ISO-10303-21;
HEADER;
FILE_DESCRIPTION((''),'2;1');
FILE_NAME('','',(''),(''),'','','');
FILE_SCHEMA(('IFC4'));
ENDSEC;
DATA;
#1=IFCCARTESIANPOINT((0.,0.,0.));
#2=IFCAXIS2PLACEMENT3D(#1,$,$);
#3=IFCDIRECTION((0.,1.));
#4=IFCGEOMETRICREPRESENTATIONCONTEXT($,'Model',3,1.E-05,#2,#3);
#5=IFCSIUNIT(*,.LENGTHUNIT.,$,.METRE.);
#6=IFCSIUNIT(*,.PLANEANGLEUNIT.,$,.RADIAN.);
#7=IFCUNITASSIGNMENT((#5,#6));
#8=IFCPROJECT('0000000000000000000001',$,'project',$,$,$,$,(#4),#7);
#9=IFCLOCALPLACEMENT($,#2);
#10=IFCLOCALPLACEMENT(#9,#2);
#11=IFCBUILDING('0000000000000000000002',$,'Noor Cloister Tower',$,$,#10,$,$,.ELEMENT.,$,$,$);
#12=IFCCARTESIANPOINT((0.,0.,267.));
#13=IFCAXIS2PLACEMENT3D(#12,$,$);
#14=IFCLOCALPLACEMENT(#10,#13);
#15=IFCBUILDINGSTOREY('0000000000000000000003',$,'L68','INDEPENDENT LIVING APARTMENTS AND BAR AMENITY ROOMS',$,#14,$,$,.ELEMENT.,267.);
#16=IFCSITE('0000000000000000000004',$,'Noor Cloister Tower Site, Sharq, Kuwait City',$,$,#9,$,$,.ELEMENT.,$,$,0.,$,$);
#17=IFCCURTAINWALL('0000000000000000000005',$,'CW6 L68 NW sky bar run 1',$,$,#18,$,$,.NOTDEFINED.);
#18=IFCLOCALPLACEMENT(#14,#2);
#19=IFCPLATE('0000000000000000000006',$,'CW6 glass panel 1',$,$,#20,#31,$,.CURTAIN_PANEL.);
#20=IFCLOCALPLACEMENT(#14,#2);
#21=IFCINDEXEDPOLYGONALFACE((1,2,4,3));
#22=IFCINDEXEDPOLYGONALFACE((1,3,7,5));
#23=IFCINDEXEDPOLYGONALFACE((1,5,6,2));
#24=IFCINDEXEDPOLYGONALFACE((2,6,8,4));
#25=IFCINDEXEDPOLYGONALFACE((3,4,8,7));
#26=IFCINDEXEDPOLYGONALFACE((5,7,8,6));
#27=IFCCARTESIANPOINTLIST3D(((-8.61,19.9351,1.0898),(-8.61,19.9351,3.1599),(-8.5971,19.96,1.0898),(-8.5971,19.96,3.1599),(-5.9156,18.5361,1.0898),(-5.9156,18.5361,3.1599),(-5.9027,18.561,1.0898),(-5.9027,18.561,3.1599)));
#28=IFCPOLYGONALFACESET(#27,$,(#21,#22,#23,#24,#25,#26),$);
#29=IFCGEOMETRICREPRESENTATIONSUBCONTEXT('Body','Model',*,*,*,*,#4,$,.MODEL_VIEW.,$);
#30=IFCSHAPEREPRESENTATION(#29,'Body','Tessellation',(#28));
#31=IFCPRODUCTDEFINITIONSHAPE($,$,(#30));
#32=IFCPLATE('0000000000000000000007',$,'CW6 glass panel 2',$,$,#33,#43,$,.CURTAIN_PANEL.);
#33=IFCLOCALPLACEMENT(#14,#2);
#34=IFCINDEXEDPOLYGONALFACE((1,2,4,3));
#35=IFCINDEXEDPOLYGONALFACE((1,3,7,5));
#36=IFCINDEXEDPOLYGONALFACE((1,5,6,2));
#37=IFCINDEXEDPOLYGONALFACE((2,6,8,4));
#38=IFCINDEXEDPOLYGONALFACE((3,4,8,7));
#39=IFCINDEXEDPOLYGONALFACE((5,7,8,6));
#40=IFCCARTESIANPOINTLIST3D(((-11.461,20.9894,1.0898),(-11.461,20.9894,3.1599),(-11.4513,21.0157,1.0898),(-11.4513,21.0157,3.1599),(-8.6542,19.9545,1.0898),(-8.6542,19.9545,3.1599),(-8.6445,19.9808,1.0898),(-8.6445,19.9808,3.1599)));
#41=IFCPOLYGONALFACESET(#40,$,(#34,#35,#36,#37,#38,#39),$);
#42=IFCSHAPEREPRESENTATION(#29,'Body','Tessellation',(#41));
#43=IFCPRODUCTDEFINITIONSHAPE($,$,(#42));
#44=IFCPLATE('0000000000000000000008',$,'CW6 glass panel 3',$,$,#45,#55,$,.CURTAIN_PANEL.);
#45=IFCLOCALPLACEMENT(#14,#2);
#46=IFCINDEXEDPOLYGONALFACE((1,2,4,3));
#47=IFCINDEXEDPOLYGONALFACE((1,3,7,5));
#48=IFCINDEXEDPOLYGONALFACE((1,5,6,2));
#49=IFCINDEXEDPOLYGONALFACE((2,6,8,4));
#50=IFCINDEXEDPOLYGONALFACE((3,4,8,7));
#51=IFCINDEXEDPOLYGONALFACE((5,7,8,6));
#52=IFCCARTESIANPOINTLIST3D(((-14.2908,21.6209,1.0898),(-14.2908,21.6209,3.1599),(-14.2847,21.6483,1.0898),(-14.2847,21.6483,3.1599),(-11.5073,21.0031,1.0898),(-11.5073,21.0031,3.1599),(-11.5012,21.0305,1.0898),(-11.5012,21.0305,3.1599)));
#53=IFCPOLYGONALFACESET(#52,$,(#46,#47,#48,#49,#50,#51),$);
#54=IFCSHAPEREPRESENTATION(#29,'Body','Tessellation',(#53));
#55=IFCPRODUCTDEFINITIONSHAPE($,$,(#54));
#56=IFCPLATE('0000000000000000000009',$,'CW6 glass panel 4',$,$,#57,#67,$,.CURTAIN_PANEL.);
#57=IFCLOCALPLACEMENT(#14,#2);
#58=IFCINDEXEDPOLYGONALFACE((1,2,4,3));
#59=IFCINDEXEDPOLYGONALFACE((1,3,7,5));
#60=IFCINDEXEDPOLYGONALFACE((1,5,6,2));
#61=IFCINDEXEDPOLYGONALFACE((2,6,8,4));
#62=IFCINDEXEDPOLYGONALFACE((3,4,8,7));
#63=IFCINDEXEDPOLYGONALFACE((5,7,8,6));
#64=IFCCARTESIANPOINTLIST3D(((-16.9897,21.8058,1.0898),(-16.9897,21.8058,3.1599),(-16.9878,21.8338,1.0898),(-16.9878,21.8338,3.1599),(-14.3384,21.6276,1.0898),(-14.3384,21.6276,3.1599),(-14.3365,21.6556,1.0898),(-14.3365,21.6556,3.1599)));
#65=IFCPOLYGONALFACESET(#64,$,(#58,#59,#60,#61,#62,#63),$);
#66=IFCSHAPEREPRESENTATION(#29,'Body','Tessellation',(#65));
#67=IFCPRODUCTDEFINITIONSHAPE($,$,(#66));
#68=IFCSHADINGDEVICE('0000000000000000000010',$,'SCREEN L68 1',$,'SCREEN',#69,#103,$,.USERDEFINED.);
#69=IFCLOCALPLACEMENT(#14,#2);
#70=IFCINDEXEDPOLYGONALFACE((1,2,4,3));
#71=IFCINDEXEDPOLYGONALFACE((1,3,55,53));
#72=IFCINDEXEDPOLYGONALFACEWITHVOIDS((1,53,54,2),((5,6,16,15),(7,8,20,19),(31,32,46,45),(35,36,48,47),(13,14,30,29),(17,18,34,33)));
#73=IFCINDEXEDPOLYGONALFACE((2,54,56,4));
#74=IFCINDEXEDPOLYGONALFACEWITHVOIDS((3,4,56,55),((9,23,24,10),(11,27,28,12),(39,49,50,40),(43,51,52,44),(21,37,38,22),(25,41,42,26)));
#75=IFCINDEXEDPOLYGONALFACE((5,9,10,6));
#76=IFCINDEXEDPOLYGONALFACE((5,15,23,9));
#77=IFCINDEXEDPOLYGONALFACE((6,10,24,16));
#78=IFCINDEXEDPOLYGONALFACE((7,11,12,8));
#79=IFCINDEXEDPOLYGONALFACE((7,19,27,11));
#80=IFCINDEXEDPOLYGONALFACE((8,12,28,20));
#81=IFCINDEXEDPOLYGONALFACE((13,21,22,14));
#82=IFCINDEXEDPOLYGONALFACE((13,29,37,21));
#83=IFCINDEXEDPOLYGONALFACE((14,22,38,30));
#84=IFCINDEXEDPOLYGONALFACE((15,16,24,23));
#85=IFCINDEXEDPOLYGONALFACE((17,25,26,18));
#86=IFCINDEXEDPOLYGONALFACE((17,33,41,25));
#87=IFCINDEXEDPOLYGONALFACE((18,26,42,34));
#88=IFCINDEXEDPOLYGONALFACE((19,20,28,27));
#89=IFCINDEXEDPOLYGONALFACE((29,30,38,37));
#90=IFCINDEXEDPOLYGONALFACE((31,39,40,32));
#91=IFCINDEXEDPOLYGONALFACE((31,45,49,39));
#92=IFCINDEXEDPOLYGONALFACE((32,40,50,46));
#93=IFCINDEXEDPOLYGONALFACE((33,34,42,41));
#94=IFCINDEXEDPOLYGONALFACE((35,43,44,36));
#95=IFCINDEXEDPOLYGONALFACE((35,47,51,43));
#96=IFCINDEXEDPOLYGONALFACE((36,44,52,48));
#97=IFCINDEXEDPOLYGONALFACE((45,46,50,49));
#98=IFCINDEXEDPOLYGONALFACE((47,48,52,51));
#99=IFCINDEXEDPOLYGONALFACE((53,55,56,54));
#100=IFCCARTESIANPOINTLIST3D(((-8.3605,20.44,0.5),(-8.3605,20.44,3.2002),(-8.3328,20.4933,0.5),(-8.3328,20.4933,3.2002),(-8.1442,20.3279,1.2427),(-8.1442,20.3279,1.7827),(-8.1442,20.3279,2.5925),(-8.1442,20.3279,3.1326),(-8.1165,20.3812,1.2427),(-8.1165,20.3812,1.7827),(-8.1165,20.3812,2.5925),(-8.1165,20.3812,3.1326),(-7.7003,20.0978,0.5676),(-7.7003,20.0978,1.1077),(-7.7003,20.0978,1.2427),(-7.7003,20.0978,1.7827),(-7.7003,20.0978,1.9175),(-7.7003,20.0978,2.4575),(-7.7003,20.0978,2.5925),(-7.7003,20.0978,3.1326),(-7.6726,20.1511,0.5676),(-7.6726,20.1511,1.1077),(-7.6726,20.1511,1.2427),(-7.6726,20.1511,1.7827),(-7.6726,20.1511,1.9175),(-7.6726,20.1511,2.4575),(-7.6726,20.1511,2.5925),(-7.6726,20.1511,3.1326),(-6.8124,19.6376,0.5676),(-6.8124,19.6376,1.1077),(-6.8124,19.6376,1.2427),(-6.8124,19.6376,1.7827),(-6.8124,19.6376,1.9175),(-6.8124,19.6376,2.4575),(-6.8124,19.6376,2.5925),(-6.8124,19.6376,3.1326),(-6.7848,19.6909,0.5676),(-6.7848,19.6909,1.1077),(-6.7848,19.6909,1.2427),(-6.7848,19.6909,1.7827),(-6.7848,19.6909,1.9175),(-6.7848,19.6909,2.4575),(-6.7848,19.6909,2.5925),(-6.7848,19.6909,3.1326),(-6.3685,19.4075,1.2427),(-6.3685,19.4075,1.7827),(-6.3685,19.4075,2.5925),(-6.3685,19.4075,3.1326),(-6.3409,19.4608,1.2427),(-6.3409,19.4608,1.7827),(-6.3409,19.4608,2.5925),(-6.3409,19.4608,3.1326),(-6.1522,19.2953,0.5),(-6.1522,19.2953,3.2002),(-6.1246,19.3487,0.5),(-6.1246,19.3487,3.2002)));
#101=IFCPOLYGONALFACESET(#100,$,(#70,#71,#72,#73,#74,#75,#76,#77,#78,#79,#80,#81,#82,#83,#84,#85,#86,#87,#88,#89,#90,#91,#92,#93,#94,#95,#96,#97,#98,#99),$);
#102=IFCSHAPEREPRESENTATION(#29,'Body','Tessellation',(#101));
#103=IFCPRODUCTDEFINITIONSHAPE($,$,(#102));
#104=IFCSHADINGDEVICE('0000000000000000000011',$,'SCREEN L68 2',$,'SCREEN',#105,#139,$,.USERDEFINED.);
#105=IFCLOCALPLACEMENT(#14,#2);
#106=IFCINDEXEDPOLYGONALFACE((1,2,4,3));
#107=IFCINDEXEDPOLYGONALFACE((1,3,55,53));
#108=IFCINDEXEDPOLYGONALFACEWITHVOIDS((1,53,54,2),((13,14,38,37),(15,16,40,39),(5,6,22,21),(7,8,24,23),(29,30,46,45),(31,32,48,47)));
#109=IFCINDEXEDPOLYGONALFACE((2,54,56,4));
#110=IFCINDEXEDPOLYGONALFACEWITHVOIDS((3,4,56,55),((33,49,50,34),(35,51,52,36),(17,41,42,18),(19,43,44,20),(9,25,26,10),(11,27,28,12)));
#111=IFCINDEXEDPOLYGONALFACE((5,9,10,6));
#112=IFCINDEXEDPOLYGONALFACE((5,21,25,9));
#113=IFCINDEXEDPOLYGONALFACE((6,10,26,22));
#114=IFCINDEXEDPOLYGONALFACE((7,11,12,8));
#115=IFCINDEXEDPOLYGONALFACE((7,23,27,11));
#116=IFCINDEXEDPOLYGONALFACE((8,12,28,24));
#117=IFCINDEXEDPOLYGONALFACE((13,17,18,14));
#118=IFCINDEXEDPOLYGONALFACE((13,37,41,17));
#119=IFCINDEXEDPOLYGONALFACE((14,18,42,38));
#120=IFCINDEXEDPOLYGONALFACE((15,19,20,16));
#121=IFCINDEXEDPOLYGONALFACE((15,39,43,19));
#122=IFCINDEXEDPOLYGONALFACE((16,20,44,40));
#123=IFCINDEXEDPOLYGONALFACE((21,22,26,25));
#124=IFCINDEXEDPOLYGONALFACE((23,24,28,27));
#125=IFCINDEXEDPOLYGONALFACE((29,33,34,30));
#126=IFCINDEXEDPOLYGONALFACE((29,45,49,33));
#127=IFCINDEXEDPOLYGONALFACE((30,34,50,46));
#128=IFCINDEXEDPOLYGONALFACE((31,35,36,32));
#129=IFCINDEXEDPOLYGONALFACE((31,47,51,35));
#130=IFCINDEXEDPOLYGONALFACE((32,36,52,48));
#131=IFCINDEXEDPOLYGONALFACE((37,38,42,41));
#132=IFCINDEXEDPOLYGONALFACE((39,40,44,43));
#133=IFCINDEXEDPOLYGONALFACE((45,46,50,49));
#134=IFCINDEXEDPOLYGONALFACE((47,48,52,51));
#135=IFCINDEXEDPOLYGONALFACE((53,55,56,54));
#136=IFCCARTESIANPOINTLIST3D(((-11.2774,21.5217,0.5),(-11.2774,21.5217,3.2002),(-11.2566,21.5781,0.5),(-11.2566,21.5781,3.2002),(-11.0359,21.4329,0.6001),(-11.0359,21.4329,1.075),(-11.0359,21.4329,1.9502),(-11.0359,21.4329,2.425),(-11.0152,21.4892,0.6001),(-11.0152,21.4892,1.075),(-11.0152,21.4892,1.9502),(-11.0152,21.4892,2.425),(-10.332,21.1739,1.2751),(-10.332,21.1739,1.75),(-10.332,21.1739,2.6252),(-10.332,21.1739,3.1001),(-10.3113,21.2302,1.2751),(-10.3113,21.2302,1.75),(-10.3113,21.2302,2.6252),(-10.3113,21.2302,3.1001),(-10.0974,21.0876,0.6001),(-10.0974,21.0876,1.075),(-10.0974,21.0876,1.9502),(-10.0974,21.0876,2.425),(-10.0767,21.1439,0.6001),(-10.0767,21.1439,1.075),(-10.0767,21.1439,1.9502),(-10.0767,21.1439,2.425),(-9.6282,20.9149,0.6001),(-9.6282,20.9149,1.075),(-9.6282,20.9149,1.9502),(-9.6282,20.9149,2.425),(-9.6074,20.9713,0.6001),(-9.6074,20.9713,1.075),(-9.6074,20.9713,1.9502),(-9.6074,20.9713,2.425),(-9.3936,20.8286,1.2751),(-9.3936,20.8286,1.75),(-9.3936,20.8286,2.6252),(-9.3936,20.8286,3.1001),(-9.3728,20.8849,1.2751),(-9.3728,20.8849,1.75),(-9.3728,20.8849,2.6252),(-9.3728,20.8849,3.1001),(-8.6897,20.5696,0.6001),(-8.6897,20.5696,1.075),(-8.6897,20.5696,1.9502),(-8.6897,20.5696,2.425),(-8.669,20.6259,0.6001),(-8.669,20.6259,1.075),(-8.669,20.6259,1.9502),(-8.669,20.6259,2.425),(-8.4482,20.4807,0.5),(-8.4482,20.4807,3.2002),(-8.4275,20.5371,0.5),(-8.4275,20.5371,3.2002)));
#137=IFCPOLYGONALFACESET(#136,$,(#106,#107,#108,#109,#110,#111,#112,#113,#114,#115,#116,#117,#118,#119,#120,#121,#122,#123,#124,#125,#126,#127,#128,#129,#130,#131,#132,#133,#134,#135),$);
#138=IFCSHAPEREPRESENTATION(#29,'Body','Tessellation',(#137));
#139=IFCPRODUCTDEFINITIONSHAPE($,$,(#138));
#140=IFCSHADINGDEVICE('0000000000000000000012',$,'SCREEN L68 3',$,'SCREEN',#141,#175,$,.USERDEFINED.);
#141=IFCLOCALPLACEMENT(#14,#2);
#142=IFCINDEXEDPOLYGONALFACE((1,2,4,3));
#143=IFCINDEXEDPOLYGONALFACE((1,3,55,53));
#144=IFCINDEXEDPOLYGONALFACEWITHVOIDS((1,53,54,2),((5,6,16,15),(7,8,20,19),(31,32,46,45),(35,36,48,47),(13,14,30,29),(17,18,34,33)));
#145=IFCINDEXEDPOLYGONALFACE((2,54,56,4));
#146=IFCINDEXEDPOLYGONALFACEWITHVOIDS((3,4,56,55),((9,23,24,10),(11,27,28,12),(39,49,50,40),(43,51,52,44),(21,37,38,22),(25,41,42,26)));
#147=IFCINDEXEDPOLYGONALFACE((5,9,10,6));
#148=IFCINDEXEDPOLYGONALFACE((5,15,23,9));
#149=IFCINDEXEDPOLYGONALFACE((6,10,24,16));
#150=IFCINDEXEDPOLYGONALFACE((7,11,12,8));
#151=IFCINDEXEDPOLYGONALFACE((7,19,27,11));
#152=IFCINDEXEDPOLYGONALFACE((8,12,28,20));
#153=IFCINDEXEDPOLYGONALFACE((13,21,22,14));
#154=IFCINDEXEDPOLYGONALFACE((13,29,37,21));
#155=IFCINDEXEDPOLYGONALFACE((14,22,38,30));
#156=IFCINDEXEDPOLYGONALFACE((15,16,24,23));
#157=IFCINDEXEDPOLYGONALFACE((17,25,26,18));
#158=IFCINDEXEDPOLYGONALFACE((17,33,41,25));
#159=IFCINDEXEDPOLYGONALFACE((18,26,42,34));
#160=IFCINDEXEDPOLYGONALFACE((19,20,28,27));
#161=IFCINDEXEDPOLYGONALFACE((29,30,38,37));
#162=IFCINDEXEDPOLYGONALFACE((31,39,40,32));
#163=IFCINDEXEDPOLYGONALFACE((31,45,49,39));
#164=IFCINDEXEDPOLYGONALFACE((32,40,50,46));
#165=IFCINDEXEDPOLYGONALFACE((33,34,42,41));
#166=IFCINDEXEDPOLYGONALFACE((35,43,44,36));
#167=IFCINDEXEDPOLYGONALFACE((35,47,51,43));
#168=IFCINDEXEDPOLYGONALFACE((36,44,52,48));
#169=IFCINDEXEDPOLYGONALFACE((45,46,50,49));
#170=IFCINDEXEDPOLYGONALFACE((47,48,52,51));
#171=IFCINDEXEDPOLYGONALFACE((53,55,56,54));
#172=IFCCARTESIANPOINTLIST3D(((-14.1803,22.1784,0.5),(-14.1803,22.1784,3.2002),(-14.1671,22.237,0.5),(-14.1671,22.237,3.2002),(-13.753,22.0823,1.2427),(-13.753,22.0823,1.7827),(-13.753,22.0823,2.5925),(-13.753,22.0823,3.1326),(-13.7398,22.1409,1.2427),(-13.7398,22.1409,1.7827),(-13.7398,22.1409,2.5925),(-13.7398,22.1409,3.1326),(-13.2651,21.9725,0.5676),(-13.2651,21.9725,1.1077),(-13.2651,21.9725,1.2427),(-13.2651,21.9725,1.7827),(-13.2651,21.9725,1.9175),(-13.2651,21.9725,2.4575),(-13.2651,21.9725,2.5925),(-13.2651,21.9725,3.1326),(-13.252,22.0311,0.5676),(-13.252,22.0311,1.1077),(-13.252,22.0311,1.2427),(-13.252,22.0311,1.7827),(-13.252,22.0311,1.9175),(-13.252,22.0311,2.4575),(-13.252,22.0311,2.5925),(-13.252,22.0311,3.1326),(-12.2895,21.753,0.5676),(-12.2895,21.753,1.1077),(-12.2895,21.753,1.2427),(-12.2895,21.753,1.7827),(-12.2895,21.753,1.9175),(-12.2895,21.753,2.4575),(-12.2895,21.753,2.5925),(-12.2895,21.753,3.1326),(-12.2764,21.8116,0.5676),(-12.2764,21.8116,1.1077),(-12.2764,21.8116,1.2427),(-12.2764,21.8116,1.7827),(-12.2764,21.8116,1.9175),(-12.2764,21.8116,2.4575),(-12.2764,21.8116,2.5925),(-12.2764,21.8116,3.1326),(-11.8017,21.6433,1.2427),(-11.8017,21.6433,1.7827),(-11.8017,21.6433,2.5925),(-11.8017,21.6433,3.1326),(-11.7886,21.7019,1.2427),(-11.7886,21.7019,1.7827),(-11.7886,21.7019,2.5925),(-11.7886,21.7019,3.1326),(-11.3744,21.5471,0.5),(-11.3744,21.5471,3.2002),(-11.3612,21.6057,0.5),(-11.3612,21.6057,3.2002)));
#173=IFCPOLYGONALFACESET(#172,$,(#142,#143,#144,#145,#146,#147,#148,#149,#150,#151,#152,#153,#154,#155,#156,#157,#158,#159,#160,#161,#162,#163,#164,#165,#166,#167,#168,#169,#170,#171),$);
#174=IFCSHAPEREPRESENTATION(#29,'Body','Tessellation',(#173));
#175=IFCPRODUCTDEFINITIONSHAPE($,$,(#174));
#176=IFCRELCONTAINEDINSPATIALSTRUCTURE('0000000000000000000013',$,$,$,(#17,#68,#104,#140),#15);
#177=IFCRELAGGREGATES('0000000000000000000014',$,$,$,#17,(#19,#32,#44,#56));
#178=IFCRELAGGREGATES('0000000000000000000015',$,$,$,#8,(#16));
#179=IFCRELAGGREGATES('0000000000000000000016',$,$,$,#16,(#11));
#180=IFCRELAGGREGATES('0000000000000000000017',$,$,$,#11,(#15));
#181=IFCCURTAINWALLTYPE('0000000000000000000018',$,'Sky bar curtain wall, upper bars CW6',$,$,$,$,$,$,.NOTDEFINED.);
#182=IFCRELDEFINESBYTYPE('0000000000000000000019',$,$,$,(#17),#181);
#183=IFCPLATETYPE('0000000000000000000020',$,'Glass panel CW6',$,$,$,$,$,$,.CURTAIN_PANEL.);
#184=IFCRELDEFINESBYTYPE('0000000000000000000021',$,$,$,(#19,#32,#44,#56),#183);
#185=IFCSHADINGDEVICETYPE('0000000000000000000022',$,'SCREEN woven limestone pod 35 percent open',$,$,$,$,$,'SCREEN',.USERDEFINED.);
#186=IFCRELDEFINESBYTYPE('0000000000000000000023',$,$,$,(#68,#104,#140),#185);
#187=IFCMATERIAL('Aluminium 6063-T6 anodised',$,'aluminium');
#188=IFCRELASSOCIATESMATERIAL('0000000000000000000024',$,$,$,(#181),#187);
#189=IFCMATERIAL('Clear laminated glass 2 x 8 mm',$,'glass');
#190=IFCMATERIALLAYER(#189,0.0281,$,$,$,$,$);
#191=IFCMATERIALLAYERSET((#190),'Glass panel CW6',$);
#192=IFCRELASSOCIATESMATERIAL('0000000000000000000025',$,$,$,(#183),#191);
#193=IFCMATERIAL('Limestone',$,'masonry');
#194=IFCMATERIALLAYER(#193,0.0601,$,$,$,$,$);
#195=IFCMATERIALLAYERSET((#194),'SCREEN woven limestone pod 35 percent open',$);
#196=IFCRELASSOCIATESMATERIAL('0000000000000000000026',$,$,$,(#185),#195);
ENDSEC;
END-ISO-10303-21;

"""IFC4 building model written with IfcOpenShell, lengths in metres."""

from ifc_helpers import new_model, si_unit, direction, frame, origin, origin_2d, place, context, subcontext, project, spatial, polyline, rectangle, outline, extrude, material, layer, layer_set, type_object, element, aggregate, save


model = new_model("IFC4")

# Units and contexts
model_context = context("Model", 3, precision=1e-05, world=origin(), true_north=direction((0.0, 1.0)))
body_context = subcontext(model_context, "Body", "Model", "MODEL_VIEW")
ifc_project = project(units=[si_unit("LENGTHUNIT", "METRE"), si_unit("PLANEANGLEUNIT", "RADIAN")], contexts=[model_context])

# Site, building, storey
site_placement = place(None, origin())
site = spatial("IfcSite", under=ifc_project, at=site_placement, Name="Noor Cloister Tower Site, Sharq, Kuwait City", CompositionType="ELEMENT", RefElevation=0.0)
building_placement = place(site_placement, origin())
building = spatial("IfcBuilding", under=site, at=building_placement, Name="Noor Cloister Tower", CompositionType="ELEMENT")
storey_placement = place(building_placement, frame((0.0, 0.0, 267.0)))
storey = spatial("IfcBuildingStorey", under=building, at=storey_placement, Name="L68", Description="INDEPENDENT LIVING APARTMENTS AND BAR AMENITY ROOMS", CompositionType="ELEMENT", Elevation=267.0)

# Curtain wall
ifc_material_1 = material(Name="Aluminium 6063-T6 anodised", Category="aluminium")
curtain_wall_type = type_object("IfcCurtainWallType", Name="Sky bar curtain wall, upper bars CW6", PredefinedType="NOTDEFINED", material=ifc_material_1)
curtain_wall_placement = place(storey_placement, origin())
curtain_wall = element("IfcCurtainWall", 1, at=curtain_wall_placement, inside=storey, type_object=curtain_wall_type, Name="CW6 L68 NW sky bar run 1", PredefinedType="NOTDEFINED")

# Plates
ifc_material_2 = material(Name="Clear laminated glass 2 x 8 mm", Category="glass")
ifc_layer_1 = layer(ifc_material_2, 0.0281)
ifc_layer_set_1 = layer_set([ifc_layer_1], Name="Glass panel CW6")
plate_type = type_object("IfcPlateType", Name="Glass panel CW6", PredefinedType="CURTAIN_PANEL", material=ifc_layer_set_1)
plate_1_placement = place(storey_placement, frame((-7.2563, 19.248, 1.0898), z_axis=(0.0, 0.0, 1.0), x_axis=(-0.887498, 0.460812, 0.0)))
plate_1 = element("IfcPlate", 2, at=plate_1_placement, type_object=plate_type, Name="CW6 glass panel 1", PredefinedType="CURTAIN_PANEL", context=body_context, shape_type="SweptSolid", body=[
    extrude(rectangle(XDim=3.0359, YDim=0.0281, at=origin_2d()), origin(), (0.0, 0.0, 1.0), 2.0701),
])
plate_2_placement = place(storey_placement, frame((-10.0527, 20.4851, 1.0898), z_axis=(0.0, 0.0, 1.0), x_axis=(-0.938254, 0.345947, 0.0)))
plate_2 = element("IfcPlate", 3, at=plate_2_placement, type_object=plate_type, Name="CW6 glass panel 2", PredefinedType="CURTAIN_PANEL", context=body_context, shape_type="SweptSolid", body=[
    extrude(rectangle(XDim=2.9915, YDim=0.0281, at=origin_2d()), origin(), (0.0, 0.0, 1.0), 2.0701),
])
plate_3_placement = place(storey_placement, frame((-12.896, 21.3257, 1.0898), z_axis=(0.0, 0.0, 1.0), x_axis=(-0.976241, 0.216688, 0.0)))
plate_3 = element("IfcPlate", 4, at=plate_3_placement, type_object=plate_type, Name="CW6 glass panel 3", PredefinedType="CURTAIN_PANEL", context=body_context, shape_type="SweptSolid", body=[
    extrude(rectangle(XDim=2.8513, YDim=0.0281, at=origin_2d()), origin(), (0.0, 0.0, 1.0), 2.0701),
])
plate_4_placement = place(storey_placement, frame((-15.6631, 21.7307, 1.0898), z_axis=(0.0, 0.0, 1.0), x_axis=(-0.99775, 0.067046, 0.0)))
plate_4 = element("IfcPlate", 5, at=plate_4_placement, type_object=plate_type, Name="CW6 glass panel 4", PredefinedType="CURTAIN_PANEL", context=body_context, shape_type="SweptSolid", body=[
    extrude(rectangle(XDim=2.6572, YDim=0.0281, at=origin_2d()), origin(), (0.0, 0.0, 1.0), 2.0701),
])
aggregate(curtain_wall, [plate_1, plate_2, plate_3, plate_4])

# Shading devices
ifc_material_3 = material(Name="Limestone", Category="masonry")
ifc_layer_2 = layer(ifc_material_3, 0.0601)
ifc_layer_set_2 = layer_set([ifc_layer_2], Name="SCREEN woven limestone pod 35 percent open")
shading_device_type = type_object("IfcShadingDeviceType", Name="SCREEN woven limestone pod 35 percent open", ElementType="SCREEN", PredefinedType="USERDEFINED", material=ifc_layer_set_2)
shading_device_1_placement = place(storey_placement, frame((-7.2563, 19.8677, 1.8501), z_axis=(0.460198, 0.887816, 0.0), x_axis=(-0.887816, 0.460198, 0.0)))
element("IfcShadingDevice", 6, at=shading_device_1_placement, inside=storey, type_object=shading_device_type, Name="SCREEN L68 1", ObjectType="SCREEN", PredefinedType="USERDEFINED", context=body_context, shape_type="SweptSolid", body=[
    extrude(outline(polyline([(-1.2437, -1.3501), (1.2437, -1.3501), (1.2437, 1.3501), (-1.2437, 1.3501), (-1.2437, -1.3501)]), holes=[polyline([(-0.5, -1.2825), (0.5, -1.2825), (0.5, -0.7424), (-0.5, -0.7424), (-0.5, -1.2825)]), polyline([(-1.0, -0.6074), (-0.5, -0.6074), (-0.5, -0.0674), (-1.0, -0.0674), (-1.0, -0.6074)]), polyline([(0.5, -0.6074), (1.0, -0.6074), (1.0, -0.0674), (0.5, -0.0674), (0.5, -0.6074)]), polyline([(-0.5, 0.0674), (0.5, 0.0674), (0.5, 0.6074), (-0.5, 0.6074), (-0.5, 0.0674)]), polyline([(-1.0, 0.7424), (-0.5, 0.7424), (-0.5, 1.2825), (-1.0, 1.2825), (-1.0, 0.7424)]), polyline([(0.5, 0.7424), (1.0, 0.7424), (1.0, 1.2825), (0.5, 1.2825), (0.5, 0.7424)])]), origin(), (0.0, 0.0, 1.0), 0.0601),
])
shading_device_2_placement = place(storey_placement, frame((-9.8628, 21.0012, 1.8501), z_axis=(0.345329, 0.938482, 0.0), x_axis=(-0.938482, 0.345329, 0.0)))
element("IfcShadingDevice", 7, at=shading_device_2_placement, inside=storey, type_object=shading_device_type, Name="SCREEN L68 2", ObjectType="SCREEN", PredefinedType="USERDEFINED", context=body_context, shape_type="SweptSolid", body=[
    extrude(outline(polyline([(-1.5073, -1.3501), (1.5073, -1.3501), (1.5073, 1.3501), (-1.5073, 1.3501), (-1.5073, -1.3501)]), holes=[polyline([(-1.25, -1.25), (-0.25, -1.25), (-0.25, -0.7751), (-1.25, -0.7751), (-1.25, -1.25)]), polyline([(0.25, -1.25), (1.25, -1.25), (1.25, -0.7751), (0.25, -0.7751), (0.25, -1.25)]), polyline([(-0.5, -0.575), (0.5, -0.575), (0.5, -0.1001), (-0.5, -0.1001), (-0.5, -0.575)]), polyline([(-1.25, 0.1001), (-0.25, 0.1001), (-0.25, 0.575), (-1.25, 0.575), (-1.25, 0.1001)]), polyline([(0.25, 0.1001), (1.25, 0.1001), (1.25, 0.575), (0.25, 0.575), (0.25, 0.1001)]), polyline([(-0.5, 0.7751), (0.5, 0.7751), (0.5, 1.25), (-0.5, 1.25), (-0.5, 0.7751)])]), origin(), (0.0, 0.0, 1.0), 0.0601),
])
shading_device_3_placement = place(storey_placement, frame((-12.7773, 21.8628, 1.8501), z_axis=(0.219512, 0.97561, 0.0), x_axis=(-0.97561, 0.219512, 0.0)))
element("IfcShadingDevice", 8, at=shading_device_3_placement, inside=storey, type_object=shading_device_type, Name="SCREEN L68 3", ObjectType="SCREEN", PredefinedType="USERDEFINED", context=body_context, shape_type="SweptSolid", body=[
    extrude(outline(polyline([(-1.438, -1.3501), (1.438, -1.3501), (1.438, 1.3501), (-1.438, 1.3501), (-1.438, -1.3501)]), holes=[polyline([(-0.5, -1.2825), (0.5, -1.2825), (0.5, -0.7424), (-0.5, -0.7424), (-0.5, -1.2825)]), polyline([(-1.0, -0.6074), (-0.5, -0.6074), (-0.5, -0.0674), (-1.0, -0.0674), (-1.0, -0.6074)]), polyline([(0.5, -0.6074), (1.0, -0.6074), (1.0, -0.0674), (0.5, -0.0674), (0.5, -0.6074)]), polyline([(-0.5, 0.0674), (0.5, 0.0674), (0.5, 0.6074), (-0.5, 0.6074), (-0.5, 0.0674)]), polyline([(-1.0, 0.7424), (-0.5, 0.7424), (-0.5, 1.2825), (-1.0, 1.2825), (-1.0, 0.7424)]), polyline([(0.5, 0.7424), (1.0, 0.7424), (1.0, 1.2825), (0.5, 1.2825), (0.5, 0.7424)])]), origin(), (0.0, 0.0, 1.0), 0.0601),
])

save(model, "model.ifc")
